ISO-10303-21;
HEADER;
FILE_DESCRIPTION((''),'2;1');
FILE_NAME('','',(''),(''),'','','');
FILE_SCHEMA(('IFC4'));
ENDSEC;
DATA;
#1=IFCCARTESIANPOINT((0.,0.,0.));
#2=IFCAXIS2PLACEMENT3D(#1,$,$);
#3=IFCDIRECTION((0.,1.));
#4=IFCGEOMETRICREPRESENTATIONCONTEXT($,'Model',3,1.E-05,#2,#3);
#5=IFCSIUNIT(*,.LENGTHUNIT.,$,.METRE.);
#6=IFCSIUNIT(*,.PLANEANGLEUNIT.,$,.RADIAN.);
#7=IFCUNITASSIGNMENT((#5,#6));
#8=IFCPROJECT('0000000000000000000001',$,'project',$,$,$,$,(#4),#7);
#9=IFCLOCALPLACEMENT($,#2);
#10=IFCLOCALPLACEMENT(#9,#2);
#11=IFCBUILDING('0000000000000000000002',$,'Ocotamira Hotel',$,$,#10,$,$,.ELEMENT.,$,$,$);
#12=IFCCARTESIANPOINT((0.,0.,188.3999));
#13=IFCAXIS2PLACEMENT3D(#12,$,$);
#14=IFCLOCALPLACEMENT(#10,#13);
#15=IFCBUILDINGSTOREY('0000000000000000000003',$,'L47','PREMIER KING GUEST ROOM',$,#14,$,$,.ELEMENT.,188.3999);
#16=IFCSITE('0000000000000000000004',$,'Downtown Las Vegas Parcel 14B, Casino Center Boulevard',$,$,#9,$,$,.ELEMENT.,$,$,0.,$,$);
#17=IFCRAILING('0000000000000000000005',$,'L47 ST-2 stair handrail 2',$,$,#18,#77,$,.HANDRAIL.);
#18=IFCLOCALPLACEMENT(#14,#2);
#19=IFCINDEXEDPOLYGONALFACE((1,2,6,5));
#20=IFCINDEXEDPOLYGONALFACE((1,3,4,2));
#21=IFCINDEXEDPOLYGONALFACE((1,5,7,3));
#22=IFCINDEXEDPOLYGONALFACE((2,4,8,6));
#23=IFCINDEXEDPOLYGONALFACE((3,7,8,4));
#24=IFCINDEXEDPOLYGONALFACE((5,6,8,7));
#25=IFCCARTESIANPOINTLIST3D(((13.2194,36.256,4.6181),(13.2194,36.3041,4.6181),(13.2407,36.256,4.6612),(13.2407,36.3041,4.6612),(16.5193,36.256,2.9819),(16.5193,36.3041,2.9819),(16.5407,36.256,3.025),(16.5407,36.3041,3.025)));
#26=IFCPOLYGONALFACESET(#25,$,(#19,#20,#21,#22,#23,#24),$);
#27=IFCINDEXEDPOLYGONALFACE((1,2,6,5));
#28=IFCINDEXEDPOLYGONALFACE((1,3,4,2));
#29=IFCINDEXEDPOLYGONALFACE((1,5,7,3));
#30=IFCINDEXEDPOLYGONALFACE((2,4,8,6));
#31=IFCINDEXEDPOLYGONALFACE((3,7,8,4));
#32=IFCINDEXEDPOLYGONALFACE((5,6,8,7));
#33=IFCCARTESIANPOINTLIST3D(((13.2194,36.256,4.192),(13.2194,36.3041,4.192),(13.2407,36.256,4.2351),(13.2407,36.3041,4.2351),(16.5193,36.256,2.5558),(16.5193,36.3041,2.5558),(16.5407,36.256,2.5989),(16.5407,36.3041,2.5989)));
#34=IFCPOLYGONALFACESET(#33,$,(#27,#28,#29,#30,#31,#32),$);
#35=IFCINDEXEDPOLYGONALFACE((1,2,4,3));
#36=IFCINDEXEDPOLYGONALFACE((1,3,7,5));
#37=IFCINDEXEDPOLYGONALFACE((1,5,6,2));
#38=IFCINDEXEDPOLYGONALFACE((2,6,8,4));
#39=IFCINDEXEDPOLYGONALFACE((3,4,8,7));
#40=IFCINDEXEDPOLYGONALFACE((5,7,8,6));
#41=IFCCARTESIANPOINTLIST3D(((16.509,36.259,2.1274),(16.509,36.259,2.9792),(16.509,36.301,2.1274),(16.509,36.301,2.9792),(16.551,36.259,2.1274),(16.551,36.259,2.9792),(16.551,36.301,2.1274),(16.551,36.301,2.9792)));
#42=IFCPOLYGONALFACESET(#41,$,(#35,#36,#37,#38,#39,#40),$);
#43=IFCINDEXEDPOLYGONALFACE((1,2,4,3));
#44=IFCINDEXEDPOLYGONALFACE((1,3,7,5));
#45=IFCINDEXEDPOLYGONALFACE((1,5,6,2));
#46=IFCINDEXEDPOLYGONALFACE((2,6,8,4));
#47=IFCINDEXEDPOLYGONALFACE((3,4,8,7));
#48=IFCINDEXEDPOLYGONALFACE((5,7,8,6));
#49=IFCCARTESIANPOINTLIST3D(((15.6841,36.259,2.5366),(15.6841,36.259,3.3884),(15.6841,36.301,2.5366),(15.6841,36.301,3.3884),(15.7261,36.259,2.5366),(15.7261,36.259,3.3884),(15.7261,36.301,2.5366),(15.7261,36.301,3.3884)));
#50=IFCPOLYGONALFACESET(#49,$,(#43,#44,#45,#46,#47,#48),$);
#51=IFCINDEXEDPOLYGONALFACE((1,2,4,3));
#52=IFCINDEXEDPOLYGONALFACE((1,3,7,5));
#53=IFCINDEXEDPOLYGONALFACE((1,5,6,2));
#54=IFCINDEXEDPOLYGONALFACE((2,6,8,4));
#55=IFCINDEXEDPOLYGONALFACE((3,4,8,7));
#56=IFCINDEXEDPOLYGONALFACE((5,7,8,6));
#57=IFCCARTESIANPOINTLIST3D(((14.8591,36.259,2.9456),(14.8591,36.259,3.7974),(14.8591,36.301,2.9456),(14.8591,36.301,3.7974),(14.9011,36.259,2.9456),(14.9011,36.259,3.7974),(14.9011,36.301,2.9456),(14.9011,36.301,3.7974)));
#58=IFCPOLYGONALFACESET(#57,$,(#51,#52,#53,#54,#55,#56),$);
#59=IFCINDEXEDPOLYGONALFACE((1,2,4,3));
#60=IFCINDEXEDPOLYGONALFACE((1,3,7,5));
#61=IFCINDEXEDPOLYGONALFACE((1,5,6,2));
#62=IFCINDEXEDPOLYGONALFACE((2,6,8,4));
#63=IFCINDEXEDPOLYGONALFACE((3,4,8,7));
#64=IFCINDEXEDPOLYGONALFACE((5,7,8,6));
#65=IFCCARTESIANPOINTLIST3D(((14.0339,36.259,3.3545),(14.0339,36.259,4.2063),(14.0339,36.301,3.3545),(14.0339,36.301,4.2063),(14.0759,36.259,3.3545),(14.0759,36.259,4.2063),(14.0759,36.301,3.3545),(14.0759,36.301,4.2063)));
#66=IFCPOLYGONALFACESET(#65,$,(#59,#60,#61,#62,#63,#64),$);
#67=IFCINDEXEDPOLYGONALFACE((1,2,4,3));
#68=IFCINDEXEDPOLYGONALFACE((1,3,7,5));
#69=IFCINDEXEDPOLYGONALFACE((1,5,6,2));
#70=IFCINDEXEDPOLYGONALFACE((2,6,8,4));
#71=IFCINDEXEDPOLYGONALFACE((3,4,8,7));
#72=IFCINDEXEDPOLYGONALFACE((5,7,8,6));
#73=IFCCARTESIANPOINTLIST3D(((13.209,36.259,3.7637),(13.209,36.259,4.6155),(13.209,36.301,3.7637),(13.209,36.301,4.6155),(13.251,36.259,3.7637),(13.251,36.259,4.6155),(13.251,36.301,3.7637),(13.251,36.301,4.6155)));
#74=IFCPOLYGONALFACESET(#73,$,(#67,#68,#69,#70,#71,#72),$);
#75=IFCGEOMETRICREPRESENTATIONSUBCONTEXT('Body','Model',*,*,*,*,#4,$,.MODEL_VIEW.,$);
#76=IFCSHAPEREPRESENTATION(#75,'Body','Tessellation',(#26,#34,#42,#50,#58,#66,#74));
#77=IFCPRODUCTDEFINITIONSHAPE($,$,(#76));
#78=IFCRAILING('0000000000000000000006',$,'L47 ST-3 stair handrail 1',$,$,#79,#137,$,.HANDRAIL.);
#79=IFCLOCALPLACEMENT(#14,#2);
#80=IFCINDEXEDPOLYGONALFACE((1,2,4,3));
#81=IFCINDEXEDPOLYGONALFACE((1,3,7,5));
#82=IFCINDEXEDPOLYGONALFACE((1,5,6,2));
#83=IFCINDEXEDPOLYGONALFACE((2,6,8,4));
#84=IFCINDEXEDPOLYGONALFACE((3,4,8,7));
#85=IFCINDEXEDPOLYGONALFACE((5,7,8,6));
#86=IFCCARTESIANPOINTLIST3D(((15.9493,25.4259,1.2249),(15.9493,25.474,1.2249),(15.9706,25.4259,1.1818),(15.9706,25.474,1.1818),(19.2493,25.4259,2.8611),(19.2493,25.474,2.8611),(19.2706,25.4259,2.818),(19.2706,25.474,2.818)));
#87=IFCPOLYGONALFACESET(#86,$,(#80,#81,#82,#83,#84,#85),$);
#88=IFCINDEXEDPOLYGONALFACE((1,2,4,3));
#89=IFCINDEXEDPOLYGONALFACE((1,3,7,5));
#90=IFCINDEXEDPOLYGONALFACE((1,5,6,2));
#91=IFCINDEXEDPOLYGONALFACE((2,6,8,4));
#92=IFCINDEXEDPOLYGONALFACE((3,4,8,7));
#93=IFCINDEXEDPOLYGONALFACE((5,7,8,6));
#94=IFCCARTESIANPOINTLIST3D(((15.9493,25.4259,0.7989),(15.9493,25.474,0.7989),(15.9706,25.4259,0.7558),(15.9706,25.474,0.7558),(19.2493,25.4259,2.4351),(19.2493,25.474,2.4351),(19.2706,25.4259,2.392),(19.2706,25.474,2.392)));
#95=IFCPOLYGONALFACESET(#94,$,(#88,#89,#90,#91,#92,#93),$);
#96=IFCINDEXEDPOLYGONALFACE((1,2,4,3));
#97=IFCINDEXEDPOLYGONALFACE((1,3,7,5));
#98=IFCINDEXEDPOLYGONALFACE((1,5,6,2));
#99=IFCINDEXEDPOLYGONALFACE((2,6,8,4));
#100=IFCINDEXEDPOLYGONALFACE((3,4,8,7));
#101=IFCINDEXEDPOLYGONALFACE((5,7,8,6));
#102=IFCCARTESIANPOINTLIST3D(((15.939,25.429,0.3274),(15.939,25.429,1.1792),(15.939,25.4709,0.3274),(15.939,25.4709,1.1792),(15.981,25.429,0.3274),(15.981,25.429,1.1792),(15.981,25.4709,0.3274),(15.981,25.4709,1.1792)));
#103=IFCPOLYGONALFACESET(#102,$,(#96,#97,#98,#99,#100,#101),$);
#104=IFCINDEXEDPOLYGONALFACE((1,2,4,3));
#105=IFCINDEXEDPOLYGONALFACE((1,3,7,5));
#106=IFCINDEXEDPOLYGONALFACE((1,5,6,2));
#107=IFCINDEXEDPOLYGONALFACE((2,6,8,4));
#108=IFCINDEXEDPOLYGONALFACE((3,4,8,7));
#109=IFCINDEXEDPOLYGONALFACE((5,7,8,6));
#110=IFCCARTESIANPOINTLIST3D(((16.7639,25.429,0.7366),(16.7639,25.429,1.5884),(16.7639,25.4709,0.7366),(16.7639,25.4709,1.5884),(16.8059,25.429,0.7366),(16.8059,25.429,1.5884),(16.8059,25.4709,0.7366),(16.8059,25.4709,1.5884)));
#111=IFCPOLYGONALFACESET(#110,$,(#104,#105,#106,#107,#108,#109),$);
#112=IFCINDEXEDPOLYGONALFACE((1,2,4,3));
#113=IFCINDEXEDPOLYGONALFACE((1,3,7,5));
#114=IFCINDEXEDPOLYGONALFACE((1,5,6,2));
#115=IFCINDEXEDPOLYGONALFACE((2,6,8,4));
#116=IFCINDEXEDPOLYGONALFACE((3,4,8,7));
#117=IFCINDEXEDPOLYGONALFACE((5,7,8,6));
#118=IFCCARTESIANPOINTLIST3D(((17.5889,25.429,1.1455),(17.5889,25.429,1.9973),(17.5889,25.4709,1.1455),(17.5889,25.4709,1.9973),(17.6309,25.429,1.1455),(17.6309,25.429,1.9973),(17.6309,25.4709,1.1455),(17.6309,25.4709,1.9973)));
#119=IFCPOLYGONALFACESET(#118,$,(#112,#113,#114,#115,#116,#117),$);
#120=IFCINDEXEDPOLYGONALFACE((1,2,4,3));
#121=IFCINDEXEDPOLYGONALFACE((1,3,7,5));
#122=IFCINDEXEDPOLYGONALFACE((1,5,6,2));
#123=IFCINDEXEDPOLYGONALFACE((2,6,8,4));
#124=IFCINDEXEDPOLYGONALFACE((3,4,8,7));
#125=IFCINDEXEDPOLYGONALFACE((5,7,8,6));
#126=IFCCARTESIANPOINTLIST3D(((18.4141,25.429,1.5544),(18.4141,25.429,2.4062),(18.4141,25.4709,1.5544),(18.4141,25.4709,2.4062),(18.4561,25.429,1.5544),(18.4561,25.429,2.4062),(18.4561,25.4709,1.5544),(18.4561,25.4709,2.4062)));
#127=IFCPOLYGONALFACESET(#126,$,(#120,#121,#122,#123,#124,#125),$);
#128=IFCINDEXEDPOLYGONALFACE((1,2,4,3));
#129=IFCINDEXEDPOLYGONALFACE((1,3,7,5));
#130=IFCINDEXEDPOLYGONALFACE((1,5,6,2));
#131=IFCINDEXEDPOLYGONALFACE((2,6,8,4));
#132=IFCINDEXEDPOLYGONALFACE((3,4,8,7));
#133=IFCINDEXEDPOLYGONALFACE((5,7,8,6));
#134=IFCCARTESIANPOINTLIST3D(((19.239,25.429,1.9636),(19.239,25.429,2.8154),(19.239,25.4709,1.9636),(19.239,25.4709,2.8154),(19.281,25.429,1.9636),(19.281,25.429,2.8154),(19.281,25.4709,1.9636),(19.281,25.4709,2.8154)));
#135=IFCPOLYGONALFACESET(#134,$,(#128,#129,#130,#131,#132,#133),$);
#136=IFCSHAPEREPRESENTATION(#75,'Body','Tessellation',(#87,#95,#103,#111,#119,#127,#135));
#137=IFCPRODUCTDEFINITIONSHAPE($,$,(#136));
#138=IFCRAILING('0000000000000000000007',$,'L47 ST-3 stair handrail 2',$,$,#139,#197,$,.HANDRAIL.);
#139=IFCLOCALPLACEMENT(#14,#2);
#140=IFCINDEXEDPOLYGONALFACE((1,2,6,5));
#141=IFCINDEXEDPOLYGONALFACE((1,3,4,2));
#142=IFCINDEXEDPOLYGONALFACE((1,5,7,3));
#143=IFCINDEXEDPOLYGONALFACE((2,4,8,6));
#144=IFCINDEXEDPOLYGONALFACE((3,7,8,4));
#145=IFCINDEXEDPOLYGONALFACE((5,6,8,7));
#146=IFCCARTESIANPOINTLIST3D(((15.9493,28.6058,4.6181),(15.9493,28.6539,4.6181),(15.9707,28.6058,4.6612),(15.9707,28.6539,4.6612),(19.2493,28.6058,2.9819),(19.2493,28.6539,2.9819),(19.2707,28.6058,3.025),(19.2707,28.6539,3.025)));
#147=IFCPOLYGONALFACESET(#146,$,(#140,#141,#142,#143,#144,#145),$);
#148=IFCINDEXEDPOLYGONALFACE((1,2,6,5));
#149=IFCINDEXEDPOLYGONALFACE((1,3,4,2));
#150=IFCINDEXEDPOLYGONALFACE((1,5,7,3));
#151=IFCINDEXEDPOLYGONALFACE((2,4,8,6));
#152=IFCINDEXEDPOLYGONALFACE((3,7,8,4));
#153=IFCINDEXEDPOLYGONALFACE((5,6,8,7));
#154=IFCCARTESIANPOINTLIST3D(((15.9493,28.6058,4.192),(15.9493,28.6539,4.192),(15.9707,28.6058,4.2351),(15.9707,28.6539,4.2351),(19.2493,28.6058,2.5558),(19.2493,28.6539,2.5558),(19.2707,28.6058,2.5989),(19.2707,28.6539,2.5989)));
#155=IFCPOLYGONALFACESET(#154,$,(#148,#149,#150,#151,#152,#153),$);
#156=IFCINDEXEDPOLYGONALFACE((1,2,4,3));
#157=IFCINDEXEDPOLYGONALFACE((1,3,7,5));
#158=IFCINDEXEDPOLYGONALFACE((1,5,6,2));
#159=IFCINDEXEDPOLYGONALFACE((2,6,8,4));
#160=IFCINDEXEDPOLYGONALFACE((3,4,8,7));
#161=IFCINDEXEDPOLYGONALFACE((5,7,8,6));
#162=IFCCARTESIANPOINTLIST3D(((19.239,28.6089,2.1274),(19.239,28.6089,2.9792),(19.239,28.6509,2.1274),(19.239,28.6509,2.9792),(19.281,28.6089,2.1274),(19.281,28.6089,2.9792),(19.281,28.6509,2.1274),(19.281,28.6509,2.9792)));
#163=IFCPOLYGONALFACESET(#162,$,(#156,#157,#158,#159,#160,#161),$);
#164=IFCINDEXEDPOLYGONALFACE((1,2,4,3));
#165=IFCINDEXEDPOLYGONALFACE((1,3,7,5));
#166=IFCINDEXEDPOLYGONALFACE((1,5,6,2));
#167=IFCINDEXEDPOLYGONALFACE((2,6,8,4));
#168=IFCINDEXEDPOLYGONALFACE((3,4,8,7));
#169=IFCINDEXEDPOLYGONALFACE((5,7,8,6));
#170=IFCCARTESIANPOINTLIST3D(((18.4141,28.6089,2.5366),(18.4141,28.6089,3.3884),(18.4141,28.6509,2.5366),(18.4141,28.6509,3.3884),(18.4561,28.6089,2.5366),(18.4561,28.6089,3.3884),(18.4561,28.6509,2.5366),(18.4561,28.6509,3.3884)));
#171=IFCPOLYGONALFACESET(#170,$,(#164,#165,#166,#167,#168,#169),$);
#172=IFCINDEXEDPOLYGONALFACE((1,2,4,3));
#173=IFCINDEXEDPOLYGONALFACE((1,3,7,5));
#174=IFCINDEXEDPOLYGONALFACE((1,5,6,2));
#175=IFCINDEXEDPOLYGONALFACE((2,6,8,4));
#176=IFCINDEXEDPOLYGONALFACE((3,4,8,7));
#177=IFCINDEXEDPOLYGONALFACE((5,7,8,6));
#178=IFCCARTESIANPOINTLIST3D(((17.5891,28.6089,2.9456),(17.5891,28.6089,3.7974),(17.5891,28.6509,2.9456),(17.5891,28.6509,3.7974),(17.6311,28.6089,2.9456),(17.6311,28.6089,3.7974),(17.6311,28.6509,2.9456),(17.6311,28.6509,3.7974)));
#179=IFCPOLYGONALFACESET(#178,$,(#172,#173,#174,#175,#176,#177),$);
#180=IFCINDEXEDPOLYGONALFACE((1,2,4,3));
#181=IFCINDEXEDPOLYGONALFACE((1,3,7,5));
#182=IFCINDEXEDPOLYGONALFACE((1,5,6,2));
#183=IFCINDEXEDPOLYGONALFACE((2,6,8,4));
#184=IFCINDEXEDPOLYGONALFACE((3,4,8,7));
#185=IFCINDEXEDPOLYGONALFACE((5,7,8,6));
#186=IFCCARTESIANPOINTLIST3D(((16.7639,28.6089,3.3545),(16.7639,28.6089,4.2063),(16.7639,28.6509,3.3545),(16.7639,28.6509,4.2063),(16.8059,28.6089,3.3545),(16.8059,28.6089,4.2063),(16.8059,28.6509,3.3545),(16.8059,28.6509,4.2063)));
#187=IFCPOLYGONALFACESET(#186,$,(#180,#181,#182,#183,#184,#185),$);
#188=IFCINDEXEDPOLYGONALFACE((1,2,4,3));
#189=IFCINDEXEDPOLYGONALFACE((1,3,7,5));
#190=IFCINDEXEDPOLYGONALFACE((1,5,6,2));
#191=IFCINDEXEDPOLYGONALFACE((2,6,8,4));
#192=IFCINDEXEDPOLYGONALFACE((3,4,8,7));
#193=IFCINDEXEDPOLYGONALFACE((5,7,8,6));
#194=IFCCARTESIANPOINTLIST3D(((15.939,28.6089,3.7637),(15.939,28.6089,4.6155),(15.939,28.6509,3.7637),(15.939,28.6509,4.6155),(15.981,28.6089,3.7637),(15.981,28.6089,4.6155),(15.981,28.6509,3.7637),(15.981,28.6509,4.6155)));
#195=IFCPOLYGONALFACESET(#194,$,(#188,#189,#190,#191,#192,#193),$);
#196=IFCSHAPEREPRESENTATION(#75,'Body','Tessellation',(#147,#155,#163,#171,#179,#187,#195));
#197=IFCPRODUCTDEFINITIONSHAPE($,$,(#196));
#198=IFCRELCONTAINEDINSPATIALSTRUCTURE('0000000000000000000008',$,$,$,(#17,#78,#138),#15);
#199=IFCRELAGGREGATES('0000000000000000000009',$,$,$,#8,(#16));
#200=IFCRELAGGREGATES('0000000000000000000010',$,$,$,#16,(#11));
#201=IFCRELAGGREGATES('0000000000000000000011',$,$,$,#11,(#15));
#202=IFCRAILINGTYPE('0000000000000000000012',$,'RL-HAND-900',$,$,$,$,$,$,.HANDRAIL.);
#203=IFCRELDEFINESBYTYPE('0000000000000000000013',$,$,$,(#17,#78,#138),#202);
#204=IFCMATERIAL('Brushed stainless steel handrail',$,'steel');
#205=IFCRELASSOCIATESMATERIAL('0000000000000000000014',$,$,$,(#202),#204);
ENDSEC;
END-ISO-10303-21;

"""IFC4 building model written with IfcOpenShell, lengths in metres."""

from ifc_helpers import new_model, si_unit, direction, frame, origin, origin_2d, place, context, subcontext, project, spatial, rectangle, extrude, material, type_object, element, save


model = new_model("IFC4")

# Units and contexts
model_context = context("Model", 3, precision=1e-05, world=origin(), true_north=direction((0.0, 1.0)))
body_context = subcontext(model_context, "Body", "Model", "MODEL_VIEW")
ifc_project = project(units=[si_unit("LENGTHUNIT", "METRE"), si_unit("PLANEANGLEUNIT", "RADIAN")], contexts=[model_context])

# Site, building, storey
site_placement = place(None, origin())
site = spatial("IfcSite", under=ifc_project, at=site_placement, Name="Downtown Las Vegas Parcel 14B, Casino Center Boulevard", CompositionType="ELEMENT", RefElevation=0.0)
building_placement = place(site_placement, origin())
building = spatial("IfcBuilding", under=site, at=building_placement, Name="Ocotamira Hotel", CompositionType="ELEMENT")
storey_placement = place(building_placement, frame((0.0, 0.0, 188.3999)))
storey = spatial("IfcBuildingStorey", under=building, at=storey_placement, Name="L47", Description="PREMIER KING GUEST ROOM", CompositionType="ELEMENT", Elevation=188.3999)

# Railings
ifc_material_1 = material(Name="Brushed stainless steel handrail", Category="steel")
railing_type_1 = type_object("IfcRailingType", Name="RL-HAND-900", PredefinedType="HANDRAIL", material=ifc_material_1)
railing_1_placement = place(storey_placement, frame((16.53, 36.28, 2.1274)))
element("IfcRailing", 1, at=railing_1_placement, inside=storey, type_object=railing_type_1, Name="L47 ST-2 stair handrail 2", PredefinedType="HANDRAIL", context=body_context, shape_type="SweptSolid", body=[
    extrude(rectangle(XDim=0.0481, YDim=0.0481, at=origin_2d()), frame((0.0, 0.0, 0.876), z_axis=(-0.89592, 0.0, 0.444215), x_axis=(0.0, -1.0, 0.0)), (0.0, 0.0, 1.0), 3.6833),
    extrude(rectangle(XDim=0.0481, YDim=0.0481, at=origin_2d()), frame((0.0, 0.0, 0.45), z_axis=(-0.89592, 0.0, 0.444215), x_axis=(0.0, -1.0, 0.0)), (0.0, 0.0, 1.0), 3.6833),
    extrude(rectangle(XDim=0.042, YDim=0.042, at=origin_2d()), origin(), (0.0, 0.0, 1.0), 0.8518),
    extrude(rectangle(XDim=0.042, YDim=0.042, at=origin_2d()), frame((-0.825, 0.0, 0.4092)), (0.0, 0.0, 1.0), 0.8518),
    extrude(rectangle(XDim=0.042, YDim=0.042, at=origin_2d()), frame((-1.6499, 0.0, 0.8181)), (0.0, 0.0, 1.0), 0.8518),
    extrude(rectangle(XDim=0.042, YDim=0.042, at=origin_2d()), frame((-2.4751, 0.0, 1.2271)), (0.0, 0.0, 1.0), 0.8518),
    extrude(rectangle(XDim=0.042, YDim=0.042, at=origin_2d()), frame((-3.3, 0.0, 1.6362)), (0.0, 0.0, 1.0), 0.8518),
])
railing_2_placement = place(storey_placement, frame((15.96, 25.45, 0.3274)))
element("IfcRailing", 2, at=railing_2_placement, inside=storey, type_object=railing_type_1, Name="L47 ST-3 stair handrail 1", PredefinedType="HANDRAIL", context=body_context, shape_type="SweptSolid", body=[
    extrude(rectangle(XDim=0.0481, YDim=0.0481, at=origin_2d()), frame((0.0, 0.0, 0.876), z_axis=(0.89592, 0.0, 0.444215), x_axis=(0.0, 1.0, 0.0)), (0.0, 0.0, 1.0), 3.6833),
    extrude(rectangle(XDim=0.0481, YDim=0.0481, at=origin_2d()), frame((0.0, 0.0, 0.45), z_axis=(0.89592, 0.0, 0.444215), x_axis=(0.0, 1.0, 0.0)), (0.0, 0.0, 1.0), 3.6833),
    extrude(rectangle(XDim=0.042, YDim=0.042, at=origin_2d()), origin(), (0.0, 0.0, 1.0), 0.8518),
    extrude(rectangle(XDim=0.042, YDim=0.042, at=origin_2d()), frame((0.825, 0.0, 0.4092)), (0.0, 0.0, 1.0), 0.8518),
    extrude(rectangle(XDim=0.042, YDim=0.042, at=origin_2d()), frame((1.6499, 0.0, 0.8181)), (0.0, 0.0, 1.0), 0.8518),
    extrude(rectangle(XDim=0.042, YDim=0.042, at=origin_2d()), frame((2.4751, 0.0, 1.2271)), (0.0, 0.0, 1.0), 0.8518),
    extrude(rectangle(XDim=0.042, YDim=0.042, at=origin_2d()), frame((3.3, 0.0, 1.6362)), (0.0, 0.0, 1.0), 0.8518),
])
railing_3_placement = place(storey_placement, frame((19.26, 28.6299, 2.1274)))
element("IfcRailing", 3, at=railing_3_placement, inside=storey, type_object=railing_type_1, Name="L47 ST-3 stair handrail 2", PredefinedType="HANDRAIL", context=body_context, shape_type="SweptSolid", body=[
    extrude(rectangle(XDim=0.0481, YDim=0.0481, at=origin_2d()), frame((0.0, 0.0, 0.876), z_axis=(-0.89592, 0.0, 0.444215), x_axis=(0.0, -1.0, 0.0)), (0.0, 0.0, 1.0), 3.6833),
    extrude(rectangle(XDim=0.0481, YDim=0.0481, at=origin_2d()), frame((0.0, 0.0, 0.45), z_axis=(-0.89592, 0.0, 0.444215), x_axis=(0.0, -1.0, 0.0)), (0.0, 0.0, 1.0), 3.6833),
    extrude(rectangle(XDim=0.042, YDim=0.042, at=origin_2d()), origin(), (0.0, 0.0, 1.0), 0.8518),
    extrude(rectangle(XDim=0.042, YDim=0.042, at=origin_2d()), frame((-0.825, 0.0, 0.4092)), (0.0, 0.0, 1.0), 0.8518),
    extrude(rectangle(XDim=0.042, YDim=0.042, at=origin_2d()), frame((-1.6499, 0.0, 0.8181)), (0.0, 0.0, 1.0), 0.8518),
    extrude(rectangle(XDim=0.042, YDim=0.042, at=origin_2d()), frame((-2.4751, 0.0, 1.2271)), (0.0, 0.0, 1.0), 0.8518),
    extrude(rectangle(XDim=0.042, YDim=0.042, at=origin_2d()), frame((-3.3, 0.0, 1.6362)), (0.0, 0.0, 1.0), 0.8518),
])

save(model, "model.ifc")
